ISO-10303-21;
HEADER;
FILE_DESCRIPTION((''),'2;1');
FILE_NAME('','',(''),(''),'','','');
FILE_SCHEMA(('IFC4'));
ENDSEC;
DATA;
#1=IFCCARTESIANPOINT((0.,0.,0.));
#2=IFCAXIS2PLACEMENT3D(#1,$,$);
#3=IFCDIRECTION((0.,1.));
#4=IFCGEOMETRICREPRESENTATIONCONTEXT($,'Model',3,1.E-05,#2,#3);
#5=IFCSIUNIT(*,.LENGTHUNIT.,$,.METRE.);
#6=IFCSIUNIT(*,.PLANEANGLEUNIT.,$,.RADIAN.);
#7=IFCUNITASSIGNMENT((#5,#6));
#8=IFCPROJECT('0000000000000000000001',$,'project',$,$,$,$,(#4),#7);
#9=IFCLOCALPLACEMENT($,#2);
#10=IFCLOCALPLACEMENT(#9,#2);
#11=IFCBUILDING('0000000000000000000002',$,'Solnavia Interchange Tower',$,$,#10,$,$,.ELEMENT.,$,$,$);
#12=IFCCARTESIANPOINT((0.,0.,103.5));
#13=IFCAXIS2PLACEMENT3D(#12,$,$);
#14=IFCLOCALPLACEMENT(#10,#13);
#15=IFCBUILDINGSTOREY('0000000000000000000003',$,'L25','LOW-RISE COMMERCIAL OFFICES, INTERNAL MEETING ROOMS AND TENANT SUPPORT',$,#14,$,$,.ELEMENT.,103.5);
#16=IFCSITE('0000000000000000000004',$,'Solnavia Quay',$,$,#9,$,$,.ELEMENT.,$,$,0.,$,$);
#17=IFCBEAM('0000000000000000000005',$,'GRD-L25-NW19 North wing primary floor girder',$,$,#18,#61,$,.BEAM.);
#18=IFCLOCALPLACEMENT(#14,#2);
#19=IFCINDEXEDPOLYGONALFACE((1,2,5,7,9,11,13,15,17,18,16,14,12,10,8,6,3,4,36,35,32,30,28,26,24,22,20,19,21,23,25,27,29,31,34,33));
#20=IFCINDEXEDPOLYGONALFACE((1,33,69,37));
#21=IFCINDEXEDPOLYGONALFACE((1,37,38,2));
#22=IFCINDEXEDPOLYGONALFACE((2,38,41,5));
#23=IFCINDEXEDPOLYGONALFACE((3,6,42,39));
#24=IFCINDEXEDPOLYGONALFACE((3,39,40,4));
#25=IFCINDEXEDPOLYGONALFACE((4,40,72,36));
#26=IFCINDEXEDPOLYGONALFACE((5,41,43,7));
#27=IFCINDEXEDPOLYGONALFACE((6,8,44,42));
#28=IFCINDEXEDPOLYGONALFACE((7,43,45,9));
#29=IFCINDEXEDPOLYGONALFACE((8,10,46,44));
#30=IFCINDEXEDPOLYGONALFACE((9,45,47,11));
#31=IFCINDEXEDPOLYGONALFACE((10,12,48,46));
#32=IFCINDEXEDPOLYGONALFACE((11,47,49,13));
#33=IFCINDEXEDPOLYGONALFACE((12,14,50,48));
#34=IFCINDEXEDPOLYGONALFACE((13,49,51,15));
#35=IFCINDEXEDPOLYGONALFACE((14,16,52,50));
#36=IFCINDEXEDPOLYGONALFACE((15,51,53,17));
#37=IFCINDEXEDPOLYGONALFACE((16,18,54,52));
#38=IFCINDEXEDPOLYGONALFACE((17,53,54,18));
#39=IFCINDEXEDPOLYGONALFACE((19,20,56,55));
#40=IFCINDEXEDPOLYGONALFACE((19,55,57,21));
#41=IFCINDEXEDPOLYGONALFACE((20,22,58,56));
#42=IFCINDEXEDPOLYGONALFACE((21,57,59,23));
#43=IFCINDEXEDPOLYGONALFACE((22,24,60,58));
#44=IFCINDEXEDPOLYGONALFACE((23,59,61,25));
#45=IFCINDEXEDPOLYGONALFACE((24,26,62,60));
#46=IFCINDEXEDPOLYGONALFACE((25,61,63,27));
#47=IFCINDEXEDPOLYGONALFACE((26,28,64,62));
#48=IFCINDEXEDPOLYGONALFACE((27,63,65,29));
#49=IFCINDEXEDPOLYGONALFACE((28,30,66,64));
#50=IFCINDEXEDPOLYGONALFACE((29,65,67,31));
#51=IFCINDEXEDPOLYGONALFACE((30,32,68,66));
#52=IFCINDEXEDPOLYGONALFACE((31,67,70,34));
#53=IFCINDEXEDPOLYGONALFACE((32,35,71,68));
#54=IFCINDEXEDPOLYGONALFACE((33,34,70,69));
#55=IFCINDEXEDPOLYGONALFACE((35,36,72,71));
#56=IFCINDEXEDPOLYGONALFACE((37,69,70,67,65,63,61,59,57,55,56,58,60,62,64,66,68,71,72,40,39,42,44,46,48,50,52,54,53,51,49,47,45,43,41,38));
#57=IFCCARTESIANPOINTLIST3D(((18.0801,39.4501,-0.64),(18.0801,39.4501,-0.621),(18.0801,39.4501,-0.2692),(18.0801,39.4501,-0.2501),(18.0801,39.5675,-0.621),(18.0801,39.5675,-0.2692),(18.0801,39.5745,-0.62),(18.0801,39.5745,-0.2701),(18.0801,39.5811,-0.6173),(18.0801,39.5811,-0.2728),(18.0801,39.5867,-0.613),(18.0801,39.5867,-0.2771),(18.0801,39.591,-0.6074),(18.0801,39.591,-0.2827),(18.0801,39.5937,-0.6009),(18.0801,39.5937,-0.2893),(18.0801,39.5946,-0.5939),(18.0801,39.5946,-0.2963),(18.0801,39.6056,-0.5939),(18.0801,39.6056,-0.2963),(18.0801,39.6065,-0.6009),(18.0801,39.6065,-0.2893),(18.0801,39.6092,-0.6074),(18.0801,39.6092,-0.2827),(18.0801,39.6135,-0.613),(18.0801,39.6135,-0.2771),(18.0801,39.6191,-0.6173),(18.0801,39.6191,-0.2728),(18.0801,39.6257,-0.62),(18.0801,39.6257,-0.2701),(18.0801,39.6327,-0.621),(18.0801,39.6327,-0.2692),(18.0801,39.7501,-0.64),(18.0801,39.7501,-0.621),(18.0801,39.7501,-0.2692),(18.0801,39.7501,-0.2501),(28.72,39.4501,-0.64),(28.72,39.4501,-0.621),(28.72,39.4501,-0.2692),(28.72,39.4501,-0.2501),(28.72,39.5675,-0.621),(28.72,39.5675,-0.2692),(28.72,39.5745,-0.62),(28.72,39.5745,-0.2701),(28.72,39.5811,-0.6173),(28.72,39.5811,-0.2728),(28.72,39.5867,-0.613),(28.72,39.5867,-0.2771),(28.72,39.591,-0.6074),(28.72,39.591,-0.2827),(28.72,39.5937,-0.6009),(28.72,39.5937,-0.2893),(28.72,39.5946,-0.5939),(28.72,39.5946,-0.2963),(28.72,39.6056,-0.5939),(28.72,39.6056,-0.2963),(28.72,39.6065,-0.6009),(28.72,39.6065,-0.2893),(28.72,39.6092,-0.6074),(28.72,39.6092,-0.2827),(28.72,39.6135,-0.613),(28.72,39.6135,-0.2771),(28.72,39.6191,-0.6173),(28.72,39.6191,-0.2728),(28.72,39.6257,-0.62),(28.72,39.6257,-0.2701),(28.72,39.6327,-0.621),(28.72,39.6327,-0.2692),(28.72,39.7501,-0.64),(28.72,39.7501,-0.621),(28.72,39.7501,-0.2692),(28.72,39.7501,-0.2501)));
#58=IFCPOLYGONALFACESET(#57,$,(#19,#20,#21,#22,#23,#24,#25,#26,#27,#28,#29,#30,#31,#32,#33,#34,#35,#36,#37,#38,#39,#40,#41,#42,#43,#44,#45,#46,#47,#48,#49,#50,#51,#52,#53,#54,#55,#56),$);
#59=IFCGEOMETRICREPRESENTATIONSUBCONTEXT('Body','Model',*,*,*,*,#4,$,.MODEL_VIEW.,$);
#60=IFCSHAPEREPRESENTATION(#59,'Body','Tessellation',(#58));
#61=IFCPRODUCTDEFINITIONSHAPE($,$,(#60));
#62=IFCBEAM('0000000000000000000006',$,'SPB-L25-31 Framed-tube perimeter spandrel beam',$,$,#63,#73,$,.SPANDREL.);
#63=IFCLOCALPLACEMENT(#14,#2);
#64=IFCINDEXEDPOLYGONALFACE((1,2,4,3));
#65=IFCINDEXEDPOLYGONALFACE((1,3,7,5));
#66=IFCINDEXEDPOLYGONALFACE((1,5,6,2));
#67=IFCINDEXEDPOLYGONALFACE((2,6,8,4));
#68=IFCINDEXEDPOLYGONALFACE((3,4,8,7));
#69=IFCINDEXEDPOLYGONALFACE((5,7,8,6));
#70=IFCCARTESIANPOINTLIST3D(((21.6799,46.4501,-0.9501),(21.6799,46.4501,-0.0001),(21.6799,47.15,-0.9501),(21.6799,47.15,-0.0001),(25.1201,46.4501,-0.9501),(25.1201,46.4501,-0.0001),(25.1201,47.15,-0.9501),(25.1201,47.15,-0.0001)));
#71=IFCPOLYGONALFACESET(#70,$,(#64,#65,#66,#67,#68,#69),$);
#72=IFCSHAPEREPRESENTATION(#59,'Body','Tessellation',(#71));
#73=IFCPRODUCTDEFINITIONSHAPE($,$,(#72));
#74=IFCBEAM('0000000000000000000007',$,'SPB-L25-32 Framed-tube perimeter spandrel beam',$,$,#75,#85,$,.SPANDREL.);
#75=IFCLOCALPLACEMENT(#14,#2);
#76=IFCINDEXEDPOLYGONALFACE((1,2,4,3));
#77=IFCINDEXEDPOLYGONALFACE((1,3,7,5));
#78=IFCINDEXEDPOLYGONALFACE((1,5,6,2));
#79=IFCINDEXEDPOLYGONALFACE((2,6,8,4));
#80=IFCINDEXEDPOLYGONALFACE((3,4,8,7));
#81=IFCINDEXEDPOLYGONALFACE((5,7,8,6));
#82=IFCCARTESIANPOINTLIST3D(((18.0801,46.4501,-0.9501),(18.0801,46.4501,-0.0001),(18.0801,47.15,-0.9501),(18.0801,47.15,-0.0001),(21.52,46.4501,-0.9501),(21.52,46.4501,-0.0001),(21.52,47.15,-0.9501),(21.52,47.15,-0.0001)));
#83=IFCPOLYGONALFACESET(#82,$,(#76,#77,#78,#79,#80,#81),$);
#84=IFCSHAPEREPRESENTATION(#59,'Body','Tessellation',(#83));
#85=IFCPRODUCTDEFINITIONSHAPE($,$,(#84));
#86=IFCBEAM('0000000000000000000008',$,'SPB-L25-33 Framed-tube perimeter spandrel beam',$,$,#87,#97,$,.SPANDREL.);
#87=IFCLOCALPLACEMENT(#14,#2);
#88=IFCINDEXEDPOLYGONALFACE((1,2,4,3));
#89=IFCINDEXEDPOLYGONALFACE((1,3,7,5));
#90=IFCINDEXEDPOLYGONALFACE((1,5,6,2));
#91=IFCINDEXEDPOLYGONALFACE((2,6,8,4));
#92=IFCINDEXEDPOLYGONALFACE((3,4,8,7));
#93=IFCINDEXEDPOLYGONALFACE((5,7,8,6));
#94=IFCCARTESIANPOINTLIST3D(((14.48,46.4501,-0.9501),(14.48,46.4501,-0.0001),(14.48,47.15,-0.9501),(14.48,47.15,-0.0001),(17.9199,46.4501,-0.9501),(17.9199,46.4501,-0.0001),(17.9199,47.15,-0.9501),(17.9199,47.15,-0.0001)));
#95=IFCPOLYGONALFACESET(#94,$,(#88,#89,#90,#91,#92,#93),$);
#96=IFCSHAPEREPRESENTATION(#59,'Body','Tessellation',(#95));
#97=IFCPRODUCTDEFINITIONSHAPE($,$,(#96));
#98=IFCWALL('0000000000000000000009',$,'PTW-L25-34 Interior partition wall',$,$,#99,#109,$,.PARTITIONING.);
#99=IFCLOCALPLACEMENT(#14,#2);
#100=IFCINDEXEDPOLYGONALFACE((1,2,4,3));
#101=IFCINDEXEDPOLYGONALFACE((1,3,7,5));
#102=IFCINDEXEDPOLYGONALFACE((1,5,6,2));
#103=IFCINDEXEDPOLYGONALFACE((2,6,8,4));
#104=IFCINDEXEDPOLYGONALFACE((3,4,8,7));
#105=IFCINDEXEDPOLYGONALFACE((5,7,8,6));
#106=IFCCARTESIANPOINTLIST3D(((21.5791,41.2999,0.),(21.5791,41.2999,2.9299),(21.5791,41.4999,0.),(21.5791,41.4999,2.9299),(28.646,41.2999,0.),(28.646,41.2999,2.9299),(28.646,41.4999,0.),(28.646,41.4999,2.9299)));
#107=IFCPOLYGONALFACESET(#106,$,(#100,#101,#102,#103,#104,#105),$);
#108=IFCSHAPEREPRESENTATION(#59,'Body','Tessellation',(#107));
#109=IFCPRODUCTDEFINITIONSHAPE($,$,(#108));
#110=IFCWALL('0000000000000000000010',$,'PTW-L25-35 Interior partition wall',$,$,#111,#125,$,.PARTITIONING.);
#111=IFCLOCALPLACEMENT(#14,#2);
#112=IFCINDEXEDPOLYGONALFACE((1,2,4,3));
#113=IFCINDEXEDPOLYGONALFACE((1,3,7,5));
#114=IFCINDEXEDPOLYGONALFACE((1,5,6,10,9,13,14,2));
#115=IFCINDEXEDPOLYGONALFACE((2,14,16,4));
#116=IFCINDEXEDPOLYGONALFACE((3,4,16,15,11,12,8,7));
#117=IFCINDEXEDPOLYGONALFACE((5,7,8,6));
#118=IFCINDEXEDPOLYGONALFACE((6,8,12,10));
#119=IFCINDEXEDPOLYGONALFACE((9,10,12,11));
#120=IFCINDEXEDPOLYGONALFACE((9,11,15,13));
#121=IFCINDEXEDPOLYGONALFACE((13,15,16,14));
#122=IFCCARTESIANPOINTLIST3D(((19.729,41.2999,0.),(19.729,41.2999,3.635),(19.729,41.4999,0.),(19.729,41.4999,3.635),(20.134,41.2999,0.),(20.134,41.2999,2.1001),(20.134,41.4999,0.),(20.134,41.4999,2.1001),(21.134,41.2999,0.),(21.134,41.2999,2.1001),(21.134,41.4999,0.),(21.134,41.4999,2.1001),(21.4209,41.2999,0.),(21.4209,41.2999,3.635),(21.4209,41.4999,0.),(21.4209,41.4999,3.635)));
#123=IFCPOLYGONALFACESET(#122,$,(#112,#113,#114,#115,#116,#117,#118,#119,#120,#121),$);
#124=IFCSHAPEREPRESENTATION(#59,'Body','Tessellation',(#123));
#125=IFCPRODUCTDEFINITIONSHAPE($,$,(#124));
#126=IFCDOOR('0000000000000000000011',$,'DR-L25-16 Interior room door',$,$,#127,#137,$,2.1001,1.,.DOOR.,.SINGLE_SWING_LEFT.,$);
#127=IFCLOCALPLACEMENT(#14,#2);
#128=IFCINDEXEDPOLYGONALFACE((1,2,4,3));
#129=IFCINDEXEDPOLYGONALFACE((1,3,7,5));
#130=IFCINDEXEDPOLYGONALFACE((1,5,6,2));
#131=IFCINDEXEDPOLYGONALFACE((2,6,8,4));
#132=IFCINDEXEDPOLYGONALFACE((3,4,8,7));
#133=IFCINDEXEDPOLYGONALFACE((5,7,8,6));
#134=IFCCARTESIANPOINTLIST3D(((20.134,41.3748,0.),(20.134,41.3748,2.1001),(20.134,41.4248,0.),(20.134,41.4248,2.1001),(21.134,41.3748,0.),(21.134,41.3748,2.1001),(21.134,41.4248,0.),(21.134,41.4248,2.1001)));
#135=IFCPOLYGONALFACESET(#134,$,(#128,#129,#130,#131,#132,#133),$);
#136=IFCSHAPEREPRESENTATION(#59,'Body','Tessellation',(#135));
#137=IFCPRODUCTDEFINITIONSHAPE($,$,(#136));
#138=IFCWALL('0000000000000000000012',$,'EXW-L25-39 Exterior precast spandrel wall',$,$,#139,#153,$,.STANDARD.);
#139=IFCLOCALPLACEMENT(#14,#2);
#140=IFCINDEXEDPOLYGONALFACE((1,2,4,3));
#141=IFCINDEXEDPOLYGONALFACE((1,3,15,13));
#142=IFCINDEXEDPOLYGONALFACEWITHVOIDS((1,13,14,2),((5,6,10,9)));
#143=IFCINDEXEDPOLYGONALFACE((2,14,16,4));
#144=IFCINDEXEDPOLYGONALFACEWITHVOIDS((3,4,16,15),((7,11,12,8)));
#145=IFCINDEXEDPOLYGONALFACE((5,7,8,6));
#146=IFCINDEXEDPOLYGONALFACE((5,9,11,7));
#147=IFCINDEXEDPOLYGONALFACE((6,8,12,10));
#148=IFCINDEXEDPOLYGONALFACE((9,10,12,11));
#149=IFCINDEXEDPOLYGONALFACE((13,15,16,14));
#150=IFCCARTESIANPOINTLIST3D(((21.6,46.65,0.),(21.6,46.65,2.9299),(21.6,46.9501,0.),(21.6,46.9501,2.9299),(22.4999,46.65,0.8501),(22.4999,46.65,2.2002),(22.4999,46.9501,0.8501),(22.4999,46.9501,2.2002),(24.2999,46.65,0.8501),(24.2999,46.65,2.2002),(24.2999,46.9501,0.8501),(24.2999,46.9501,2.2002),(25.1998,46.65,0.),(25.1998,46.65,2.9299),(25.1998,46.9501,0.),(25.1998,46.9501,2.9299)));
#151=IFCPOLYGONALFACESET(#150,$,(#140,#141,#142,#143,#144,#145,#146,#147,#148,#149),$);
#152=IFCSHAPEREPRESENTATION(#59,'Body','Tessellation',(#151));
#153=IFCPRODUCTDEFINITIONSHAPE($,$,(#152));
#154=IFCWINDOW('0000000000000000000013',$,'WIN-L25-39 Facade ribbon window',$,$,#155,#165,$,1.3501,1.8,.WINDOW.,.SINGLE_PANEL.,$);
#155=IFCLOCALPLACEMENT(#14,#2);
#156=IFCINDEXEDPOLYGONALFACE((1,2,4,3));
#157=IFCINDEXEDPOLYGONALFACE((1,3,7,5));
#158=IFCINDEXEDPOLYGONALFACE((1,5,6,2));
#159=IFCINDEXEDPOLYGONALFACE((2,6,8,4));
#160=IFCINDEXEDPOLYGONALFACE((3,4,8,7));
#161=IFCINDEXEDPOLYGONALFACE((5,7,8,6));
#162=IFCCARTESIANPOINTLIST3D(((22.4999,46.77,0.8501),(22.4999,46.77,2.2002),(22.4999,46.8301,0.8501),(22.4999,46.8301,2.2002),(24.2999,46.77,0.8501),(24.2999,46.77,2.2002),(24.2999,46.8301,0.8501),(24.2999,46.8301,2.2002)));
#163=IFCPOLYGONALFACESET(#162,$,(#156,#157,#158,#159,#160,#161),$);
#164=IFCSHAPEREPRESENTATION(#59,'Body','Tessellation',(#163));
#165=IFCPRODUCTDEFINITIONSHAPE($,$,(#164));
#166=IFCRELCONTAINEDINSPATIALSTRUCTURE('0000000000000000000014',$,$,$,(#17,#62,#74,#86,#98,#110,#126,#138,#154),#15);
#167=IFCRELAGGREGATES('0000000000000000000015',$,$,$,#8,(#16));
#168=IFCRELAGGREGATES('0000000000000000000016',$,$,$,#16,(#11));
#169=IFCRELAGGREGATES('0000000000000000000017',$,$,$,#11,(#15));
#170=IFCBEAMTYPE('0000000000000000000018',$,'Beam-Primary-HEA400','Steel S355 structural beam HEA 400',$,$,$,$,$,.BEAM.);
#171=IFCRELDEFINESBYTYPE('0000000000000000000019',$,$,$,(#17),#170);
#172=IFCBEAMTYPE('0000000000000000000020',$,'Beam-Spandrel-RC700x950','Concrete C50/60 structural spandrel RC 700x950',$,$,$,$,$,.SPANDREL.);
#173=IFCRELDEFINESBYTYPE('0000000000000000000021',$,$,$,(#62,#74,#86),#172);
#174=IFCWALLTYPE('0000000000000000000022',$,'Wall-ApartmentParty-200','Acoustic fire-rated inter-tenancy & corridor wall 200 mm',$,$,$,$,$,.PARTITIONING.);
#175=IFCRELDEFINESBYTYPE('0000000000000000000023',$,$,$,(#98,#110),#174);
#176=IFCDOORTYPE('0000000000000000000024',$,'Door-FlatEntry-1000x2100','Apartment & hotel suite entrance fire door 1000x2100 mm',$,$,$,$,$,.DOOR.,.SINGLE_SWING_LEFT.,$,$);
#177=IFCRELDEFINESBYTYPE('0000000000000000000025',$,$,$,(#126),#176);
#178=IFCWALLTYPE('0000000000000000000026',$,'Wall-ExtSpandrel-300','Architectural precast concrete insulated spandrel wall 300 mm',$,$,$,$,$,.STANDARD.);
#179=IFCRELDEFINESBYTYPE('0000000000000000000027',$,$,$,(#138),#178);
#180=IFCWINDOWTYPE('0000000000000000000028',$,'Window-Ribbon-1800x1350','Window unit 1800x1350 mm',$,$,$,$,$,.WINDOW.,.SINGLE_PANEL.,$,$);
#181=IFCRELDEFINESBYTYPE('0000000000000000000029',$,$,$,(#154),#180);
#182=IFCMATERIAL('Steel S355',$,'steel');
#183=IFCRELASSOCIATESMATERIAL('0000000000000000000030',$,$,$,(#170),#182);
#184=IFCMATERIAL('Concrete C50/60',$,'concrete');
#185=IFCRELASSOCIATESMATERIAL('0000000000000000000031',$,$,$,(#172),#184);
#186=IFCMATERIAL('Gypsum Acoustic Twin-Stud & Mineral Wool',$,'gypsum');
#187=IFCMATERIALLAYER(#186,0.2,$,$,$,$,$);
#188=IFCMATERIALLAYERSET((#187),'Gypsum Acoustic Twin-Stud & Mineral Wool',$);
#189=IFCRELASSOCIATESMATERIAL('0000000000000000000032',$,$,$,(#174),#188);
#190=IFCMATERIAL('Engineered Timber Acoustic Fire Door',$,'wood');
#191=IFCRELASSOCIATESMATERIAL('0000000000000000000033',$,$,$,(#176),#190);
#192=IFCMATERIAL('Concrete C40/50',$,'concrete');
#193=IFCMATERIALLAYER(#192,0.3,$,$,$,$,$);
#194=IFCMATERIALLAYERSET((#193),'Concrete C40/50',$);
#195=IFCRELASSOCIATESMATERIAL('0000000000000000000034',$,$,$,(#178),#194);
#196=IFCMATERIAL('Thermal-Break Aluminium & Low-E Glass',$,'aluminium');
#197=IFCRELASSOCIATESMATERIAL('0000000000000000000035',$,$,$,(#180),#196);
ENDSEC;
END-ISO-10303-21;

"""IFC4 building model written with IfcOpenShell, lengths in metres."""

from ifc_helpers import new_model, si_unit, direction, frame, frame_2d, origin, origin_2d, place, context, subcontext, project, spatial, rectangle, i_section, extrude, material, layer, layer_set, material_profile, profile_set, type_object, element, fill, save


model = new_model("IFC4")

# Units and contexts
model_context = context("Model", 3, precision=1e-05, world=origin(), true_north=direction((0.0, 1.0)))
body_context = subcontext(model_context, "Body", "Model", "MODEL_VIEW")
ifc_project = project(units=[si_unit("LENGTHUNIT", "METRE"), si_unit("PLANEANGLEUNIT", "RADIAN")], contexts=[model_context])

# Site, building, storey
site_placement = place(None, origin())
site = spatial("IfcSite", under=ifc_project, at=site_placement, Name="Solnavia Quay", CompositionType="ELEMENT", RefElevation=0.0)
building_placement = place(site_placement, origin())
building = spatial("IfcBuilding", under=site, at=building_placement, Name="Solnavia Interchange Tower", CompositionType="ELEMENT")
storey_placement = place(building_placement, frame((0.0, 0.0, 103.5)))
storey = spatial("IfcBuildingStorey", under=building, at=storey_placement, Name="L25", Description="LOW-RISE COMMERCIAL OFFICES, INTERNAL MEETING ROOMS AND TENANT SUPPORT", CompositionType="ELEMENT", Elevation=103.5)

# Shared definitions
ifc_material_1 = material(Name="Concrete C50/60", Category="concrete")
ifc_material_2 = material(Name="Steel S355", Category="steel")

# Beams
ifc_material_profile_1 = material_profile(ifc_material_2, i_section(OverallWidth=0.3, OverallDepth=0.3899, WebThickness=0.011, FlangeThickness=0.019, FilletRadius=0.0271, at=origin_2d()), Name="HEA 400")
ifc_profile_set_1 = profile_set([ifc_material_profile_1], Name="Steel S355")
beam_type_1 = type_object("IfcBeamType", Name="Beam-Primary-HEA400", Description="Steel S355 structural beam HEA 400", PredefinedType="BEAM", material=ifc_profile_set_1)
beam_1_placement = place(storey_placement, frame((18.0801, 39.6001, -0.4451), z_axis=(1.0, 0.0, 0.0), x_axis=(0.0, 1.0, 0.0)))
element("IfcBeam", 1, at=beam_1_placement, inside=storey, type_object=beam_type_1, Name="GRD-L25-NW19 North wing primary floor girder", PredefinedType="BEAM", context=body_context, shape_type="SweptSolid", body=[
    extrude(i_section(OverallWidth=0.3, OverallDepth=0.3899, WebThickness=0.011, FlangeThickness=0.019, FilletRadius=0.0271, at=origin_2d()), origin(), (0.0, 0.0, 1.0), 10.6399),
])
ifc_material_profile_2 = material_profile(ifc_material_1, rectangle(XDim=0.7, YDim=0.95, at=origin_2d()), Name="RC 700x950")
ifc_profile_set_2 = profile_set([ifc_material_profile_2], Name="Concrete C50/60")
beam_type_2 = type_object("IfcBeamType", Name="Beam-Spandrel-RC700x950", Description="Concrete C50/60 structural spandrel RC 700x950", PredefinedType="SPANDREL", material=ifc_profile_set_2)
beam_2_placement = place(storey_placement, frame((25.1201, 46.8, -0.4751), z_axis=(-1.0, 0.0, 0.0), x_axis=(0.0, -1.0, 0.0)))
element("IfcBeam", 2, at=beam_2_placement, inside=storey, type_object=beam_type_2, Name="SPB-L25-31 Framed-tube perimeter spandrel beam", PredefinedType="SPANDREL", context=body_context, shape_type="SweptSolid", body=[
    extrude(rectangle(XDim=0.7, YDim=0.95, at=origin_2d()), origin(), (0.0, 0.0, 1.0), 3.4402),
])
for number, where, z_axis, x_axis, name in (
    (3, (21.52, 46.8, -0.4751), (-1.0, 0.0, 0.0), (0.0, -1.0, 0.0), "SPB-L25-32 Framed-tube perimeter spandrel beam"),
    (4, (17.9199, 46.8, -0.4751), (-1.0, 0.0, 0.0), (0.0, -1.0, 0.0), "SPB-L25-33 Framed-tube perimeter spandrel beam"),
):
    element("IfcBeam", number, at=place(storey_placement, frame(where, z_axis=z_axis, x_axis=x_axis)), inside=storey, type_object=beam_type_2, Name=name, PredefinedType="SPANDREL", context=body_context, shape_type="SweptSolid", body=[
        extrude(rectangle(XDim=0.7, YDim=0.95, at=origin_2d()), origin(), (0.0, 0.0, 1.0), 3.4399),
    ])

# Wall
ifc_material_3 = material(Name="Gypsum Acoustic Twin-Stud & Mineral Wool", Category="gypsum")
ifc_layer_1 = layer(ifc_material_3, 0.2)
ifc_layer_set_1 = layer_set([ifc_layer_1], Name="Gypsum Acoustic Twin-Stud & Mineral Wool")
wall_type_1 = type_object("IfcWallType", Name="Wall-ApartmentParty-200", Description="Acoustic fire-rated inter-tenancy & corridor wall 200 mm", PredefinedType="PARTITIONING", material=ifc_layer_set_1)
wall_1_placement = place(storey_placement, frame((21.5791, 41.3999, 0.0), z_axis=(0.0, 0.0, 1.0), x_axis=(1.0, 0.0, 0.0)))
element("IfcWall", 5, at=wall_1_placement, inside=storey, type_object=wall_type_1, Name="PTW-L25-34 Interior partition wall", PredefinedType="PARTITIONING", context=body_context, shape_type="SweptSolid", body=[
    extrude(rectangle(XDim=7.0669, YDim=0.2, at=frame_2d((3.5334, 0.0))), origin(), (0.0, 0.0, 1.0), 2.9299),
])

# Wall, opening, door
wall_2_placement = place(storey_placement, frame((19.729, 41.3999, 0.0), z_axis=(0.0, 0.0, 1.0), x_axis=(1.0, 0.0, 0.0)))
wall_2 = element("IfcWall", 6, at=wall_2_placement, inside=storey, type_object=wall_type_1, Name="PTW-L25-35 Interior partition wall", PredefinedType="PARTITIONING", context=body_context, shape_type="SweptSolid", body=[
    extrude(rectangle(XDim=1.6919, YDim=0.2, at=frame_2d((0.8459, 0.0))), origin(), (0.0, 0.0, 1.0), 3.635),
])
opening_1_placement = place(wall_2_placement, frame((0.405, 0.0, 0.0)))
opening_1 = element("IfcOpeningElement", 7, at=opening_1_placement, cuts=wall_2, PredefinedType="OPENING", context=body_context, shape_type="SweptSolid", body=[
    extrude(rectangle(XDim=1.0, YDim=2.1001, at=frame_2d((0.5, 1.05))), frame((0.0, 0.1099, 0.0), z_axis=(0.0, -1.0, 0.0), x_axis=(1.0, 0.0, 0.0)), (0.0, 0.0, 1.0), 0.22),
])
ifc_material_4 = material(Name="Engineered Timber Acoustic Fire Door", Category="wood")
door_type_1 = type_object("IfcDoorType", Name="Door-FlatEntry-1000x2100", Description="Apartment & hotel suite entrance fire door 1000x2100 mm", OperationType="SINGLE_SWING_LEFT", PredefinedType="DOOR", material=ifc_material_4)
door_1_placement = place(opening_1_placement, origin())
door_1 = element("IfcDoor", 8, at=door_1_placement, inside=storey, type_object=door_type_1, Name="DR-L25-16 Interior room door", OperationType="SINGLE_SWING_LEFT", OverallHeight=2.1001, OverallWidth=1.0, PredefinedType="DOOR", context=body_context, shape_type="SweptSolid", body=[
    extrude(rectangle(XDim=1.0, YDim=2.1001, at=frame_2d((0.5, 1.05))), frame((0.0, 0.0249, 0.0), z_axis=(0.0, -1.0, 0.0), x_axis=(1.0, 0.0, 0.0)), (0.0, 0.0, 1.0), 0.05),
])
fill(opening_1, door_1)

# Wall, opening, window
ifc_material_5 = material(Name="Concrete C40/50", Category="concrete")
ifc_layer_2 = layer(ifc_material_5, 0.3)
ifc_layer_set_2 = layer_set([ifc_layer_2], Name="Concrete C40/50")
wall_type_2 = type_object("IfcWallType", Name="Wall-ExtSpandrel-300", Description="Architectural precast concrete insulated spandrel wall 300 mm", PredefinedType="STANDARD", material=ifc_layer_set_2)
wall_3_placement = place(storey_placement, frame((21.6001, 46.8, 0.0), z_axis=(0.0, 0.0, 1.0), x_axis=(1.0, 0.0, 0.0)))
wall_3 = element("IfcWall", 9, at=wall_3_placement, inside=storey, type_object=wall_type_2, Name="EXW-L25-39 Exterior precast spandrel wall", PredefinedType="STANDARD", context=body_context, shape_type="SweptSolid", body=[
    extrude(rectangle(XDim=3.5999, YDim=0.3, at=frame_2d((1.7998, 0.0))), origin(), (0.0, 0.0, 1.0), 2.9299),
])
opening_2_placement = place(wall_3_placement, frame((0.8999, 0.0, 0.8501)))
opening_2 = element("IfcOpeningElement", 10, at=opening_2_placement, cuts=wall_3, PredefinedType="OPENING", context=body_context, shape_type="SweptSolid", body=[
    extrude(rectangle(XDim=1.8, YDim=1.3501, at=frame_2d((0.8999, 0.675))), frame((0.0, 0.1602, 0.0), z_axis=(0.0, -1.0, 0.0), x_axis=(1.0, 0.0, 0.0)), (0.0, 0.0, 1.0), 0.3201),
])
ifc_material_6 = material(Name="Thermal-Break Aluminium & Low-E Glass", Category="aluminium")
window_type = type_object("IfcWindowType", Name="Window-Ribbon-1800x1350", Description="Window unit 1800x1350 mm", PartitioningType="SINGLE_PANEL", PredefinedType="WINDOW", material=ifc_material_6)
window_1_placement = place(opening_2_placement, origin())
window_1 = element("IfcWindow", 11, at=window_1_placement, inside=storey, type_object=window_type, Name="WIN-L25-39 Facade ribbon window", OverallHeight=1.3501, OverallWidth=1.8, PartitioningType="SINGLE_PANEL", PredefinedType="WINDOW", context=body_context, shape_type="SweptSolid", body=[
    extrude(rectangle(XDim=1.8, YDim=1.3501, at=frame_2d((0.8999, 0.675))), frame((0.0, 0.03, 0.0), z_axis=(0.0, -1.0, 0.0), x_axis=(1.0, 0.0, 0.0)), (0.0, 0.0, 1.0), 0.0601),
])
fill(opening_2, window_1)

save(model, "model.ifc")
